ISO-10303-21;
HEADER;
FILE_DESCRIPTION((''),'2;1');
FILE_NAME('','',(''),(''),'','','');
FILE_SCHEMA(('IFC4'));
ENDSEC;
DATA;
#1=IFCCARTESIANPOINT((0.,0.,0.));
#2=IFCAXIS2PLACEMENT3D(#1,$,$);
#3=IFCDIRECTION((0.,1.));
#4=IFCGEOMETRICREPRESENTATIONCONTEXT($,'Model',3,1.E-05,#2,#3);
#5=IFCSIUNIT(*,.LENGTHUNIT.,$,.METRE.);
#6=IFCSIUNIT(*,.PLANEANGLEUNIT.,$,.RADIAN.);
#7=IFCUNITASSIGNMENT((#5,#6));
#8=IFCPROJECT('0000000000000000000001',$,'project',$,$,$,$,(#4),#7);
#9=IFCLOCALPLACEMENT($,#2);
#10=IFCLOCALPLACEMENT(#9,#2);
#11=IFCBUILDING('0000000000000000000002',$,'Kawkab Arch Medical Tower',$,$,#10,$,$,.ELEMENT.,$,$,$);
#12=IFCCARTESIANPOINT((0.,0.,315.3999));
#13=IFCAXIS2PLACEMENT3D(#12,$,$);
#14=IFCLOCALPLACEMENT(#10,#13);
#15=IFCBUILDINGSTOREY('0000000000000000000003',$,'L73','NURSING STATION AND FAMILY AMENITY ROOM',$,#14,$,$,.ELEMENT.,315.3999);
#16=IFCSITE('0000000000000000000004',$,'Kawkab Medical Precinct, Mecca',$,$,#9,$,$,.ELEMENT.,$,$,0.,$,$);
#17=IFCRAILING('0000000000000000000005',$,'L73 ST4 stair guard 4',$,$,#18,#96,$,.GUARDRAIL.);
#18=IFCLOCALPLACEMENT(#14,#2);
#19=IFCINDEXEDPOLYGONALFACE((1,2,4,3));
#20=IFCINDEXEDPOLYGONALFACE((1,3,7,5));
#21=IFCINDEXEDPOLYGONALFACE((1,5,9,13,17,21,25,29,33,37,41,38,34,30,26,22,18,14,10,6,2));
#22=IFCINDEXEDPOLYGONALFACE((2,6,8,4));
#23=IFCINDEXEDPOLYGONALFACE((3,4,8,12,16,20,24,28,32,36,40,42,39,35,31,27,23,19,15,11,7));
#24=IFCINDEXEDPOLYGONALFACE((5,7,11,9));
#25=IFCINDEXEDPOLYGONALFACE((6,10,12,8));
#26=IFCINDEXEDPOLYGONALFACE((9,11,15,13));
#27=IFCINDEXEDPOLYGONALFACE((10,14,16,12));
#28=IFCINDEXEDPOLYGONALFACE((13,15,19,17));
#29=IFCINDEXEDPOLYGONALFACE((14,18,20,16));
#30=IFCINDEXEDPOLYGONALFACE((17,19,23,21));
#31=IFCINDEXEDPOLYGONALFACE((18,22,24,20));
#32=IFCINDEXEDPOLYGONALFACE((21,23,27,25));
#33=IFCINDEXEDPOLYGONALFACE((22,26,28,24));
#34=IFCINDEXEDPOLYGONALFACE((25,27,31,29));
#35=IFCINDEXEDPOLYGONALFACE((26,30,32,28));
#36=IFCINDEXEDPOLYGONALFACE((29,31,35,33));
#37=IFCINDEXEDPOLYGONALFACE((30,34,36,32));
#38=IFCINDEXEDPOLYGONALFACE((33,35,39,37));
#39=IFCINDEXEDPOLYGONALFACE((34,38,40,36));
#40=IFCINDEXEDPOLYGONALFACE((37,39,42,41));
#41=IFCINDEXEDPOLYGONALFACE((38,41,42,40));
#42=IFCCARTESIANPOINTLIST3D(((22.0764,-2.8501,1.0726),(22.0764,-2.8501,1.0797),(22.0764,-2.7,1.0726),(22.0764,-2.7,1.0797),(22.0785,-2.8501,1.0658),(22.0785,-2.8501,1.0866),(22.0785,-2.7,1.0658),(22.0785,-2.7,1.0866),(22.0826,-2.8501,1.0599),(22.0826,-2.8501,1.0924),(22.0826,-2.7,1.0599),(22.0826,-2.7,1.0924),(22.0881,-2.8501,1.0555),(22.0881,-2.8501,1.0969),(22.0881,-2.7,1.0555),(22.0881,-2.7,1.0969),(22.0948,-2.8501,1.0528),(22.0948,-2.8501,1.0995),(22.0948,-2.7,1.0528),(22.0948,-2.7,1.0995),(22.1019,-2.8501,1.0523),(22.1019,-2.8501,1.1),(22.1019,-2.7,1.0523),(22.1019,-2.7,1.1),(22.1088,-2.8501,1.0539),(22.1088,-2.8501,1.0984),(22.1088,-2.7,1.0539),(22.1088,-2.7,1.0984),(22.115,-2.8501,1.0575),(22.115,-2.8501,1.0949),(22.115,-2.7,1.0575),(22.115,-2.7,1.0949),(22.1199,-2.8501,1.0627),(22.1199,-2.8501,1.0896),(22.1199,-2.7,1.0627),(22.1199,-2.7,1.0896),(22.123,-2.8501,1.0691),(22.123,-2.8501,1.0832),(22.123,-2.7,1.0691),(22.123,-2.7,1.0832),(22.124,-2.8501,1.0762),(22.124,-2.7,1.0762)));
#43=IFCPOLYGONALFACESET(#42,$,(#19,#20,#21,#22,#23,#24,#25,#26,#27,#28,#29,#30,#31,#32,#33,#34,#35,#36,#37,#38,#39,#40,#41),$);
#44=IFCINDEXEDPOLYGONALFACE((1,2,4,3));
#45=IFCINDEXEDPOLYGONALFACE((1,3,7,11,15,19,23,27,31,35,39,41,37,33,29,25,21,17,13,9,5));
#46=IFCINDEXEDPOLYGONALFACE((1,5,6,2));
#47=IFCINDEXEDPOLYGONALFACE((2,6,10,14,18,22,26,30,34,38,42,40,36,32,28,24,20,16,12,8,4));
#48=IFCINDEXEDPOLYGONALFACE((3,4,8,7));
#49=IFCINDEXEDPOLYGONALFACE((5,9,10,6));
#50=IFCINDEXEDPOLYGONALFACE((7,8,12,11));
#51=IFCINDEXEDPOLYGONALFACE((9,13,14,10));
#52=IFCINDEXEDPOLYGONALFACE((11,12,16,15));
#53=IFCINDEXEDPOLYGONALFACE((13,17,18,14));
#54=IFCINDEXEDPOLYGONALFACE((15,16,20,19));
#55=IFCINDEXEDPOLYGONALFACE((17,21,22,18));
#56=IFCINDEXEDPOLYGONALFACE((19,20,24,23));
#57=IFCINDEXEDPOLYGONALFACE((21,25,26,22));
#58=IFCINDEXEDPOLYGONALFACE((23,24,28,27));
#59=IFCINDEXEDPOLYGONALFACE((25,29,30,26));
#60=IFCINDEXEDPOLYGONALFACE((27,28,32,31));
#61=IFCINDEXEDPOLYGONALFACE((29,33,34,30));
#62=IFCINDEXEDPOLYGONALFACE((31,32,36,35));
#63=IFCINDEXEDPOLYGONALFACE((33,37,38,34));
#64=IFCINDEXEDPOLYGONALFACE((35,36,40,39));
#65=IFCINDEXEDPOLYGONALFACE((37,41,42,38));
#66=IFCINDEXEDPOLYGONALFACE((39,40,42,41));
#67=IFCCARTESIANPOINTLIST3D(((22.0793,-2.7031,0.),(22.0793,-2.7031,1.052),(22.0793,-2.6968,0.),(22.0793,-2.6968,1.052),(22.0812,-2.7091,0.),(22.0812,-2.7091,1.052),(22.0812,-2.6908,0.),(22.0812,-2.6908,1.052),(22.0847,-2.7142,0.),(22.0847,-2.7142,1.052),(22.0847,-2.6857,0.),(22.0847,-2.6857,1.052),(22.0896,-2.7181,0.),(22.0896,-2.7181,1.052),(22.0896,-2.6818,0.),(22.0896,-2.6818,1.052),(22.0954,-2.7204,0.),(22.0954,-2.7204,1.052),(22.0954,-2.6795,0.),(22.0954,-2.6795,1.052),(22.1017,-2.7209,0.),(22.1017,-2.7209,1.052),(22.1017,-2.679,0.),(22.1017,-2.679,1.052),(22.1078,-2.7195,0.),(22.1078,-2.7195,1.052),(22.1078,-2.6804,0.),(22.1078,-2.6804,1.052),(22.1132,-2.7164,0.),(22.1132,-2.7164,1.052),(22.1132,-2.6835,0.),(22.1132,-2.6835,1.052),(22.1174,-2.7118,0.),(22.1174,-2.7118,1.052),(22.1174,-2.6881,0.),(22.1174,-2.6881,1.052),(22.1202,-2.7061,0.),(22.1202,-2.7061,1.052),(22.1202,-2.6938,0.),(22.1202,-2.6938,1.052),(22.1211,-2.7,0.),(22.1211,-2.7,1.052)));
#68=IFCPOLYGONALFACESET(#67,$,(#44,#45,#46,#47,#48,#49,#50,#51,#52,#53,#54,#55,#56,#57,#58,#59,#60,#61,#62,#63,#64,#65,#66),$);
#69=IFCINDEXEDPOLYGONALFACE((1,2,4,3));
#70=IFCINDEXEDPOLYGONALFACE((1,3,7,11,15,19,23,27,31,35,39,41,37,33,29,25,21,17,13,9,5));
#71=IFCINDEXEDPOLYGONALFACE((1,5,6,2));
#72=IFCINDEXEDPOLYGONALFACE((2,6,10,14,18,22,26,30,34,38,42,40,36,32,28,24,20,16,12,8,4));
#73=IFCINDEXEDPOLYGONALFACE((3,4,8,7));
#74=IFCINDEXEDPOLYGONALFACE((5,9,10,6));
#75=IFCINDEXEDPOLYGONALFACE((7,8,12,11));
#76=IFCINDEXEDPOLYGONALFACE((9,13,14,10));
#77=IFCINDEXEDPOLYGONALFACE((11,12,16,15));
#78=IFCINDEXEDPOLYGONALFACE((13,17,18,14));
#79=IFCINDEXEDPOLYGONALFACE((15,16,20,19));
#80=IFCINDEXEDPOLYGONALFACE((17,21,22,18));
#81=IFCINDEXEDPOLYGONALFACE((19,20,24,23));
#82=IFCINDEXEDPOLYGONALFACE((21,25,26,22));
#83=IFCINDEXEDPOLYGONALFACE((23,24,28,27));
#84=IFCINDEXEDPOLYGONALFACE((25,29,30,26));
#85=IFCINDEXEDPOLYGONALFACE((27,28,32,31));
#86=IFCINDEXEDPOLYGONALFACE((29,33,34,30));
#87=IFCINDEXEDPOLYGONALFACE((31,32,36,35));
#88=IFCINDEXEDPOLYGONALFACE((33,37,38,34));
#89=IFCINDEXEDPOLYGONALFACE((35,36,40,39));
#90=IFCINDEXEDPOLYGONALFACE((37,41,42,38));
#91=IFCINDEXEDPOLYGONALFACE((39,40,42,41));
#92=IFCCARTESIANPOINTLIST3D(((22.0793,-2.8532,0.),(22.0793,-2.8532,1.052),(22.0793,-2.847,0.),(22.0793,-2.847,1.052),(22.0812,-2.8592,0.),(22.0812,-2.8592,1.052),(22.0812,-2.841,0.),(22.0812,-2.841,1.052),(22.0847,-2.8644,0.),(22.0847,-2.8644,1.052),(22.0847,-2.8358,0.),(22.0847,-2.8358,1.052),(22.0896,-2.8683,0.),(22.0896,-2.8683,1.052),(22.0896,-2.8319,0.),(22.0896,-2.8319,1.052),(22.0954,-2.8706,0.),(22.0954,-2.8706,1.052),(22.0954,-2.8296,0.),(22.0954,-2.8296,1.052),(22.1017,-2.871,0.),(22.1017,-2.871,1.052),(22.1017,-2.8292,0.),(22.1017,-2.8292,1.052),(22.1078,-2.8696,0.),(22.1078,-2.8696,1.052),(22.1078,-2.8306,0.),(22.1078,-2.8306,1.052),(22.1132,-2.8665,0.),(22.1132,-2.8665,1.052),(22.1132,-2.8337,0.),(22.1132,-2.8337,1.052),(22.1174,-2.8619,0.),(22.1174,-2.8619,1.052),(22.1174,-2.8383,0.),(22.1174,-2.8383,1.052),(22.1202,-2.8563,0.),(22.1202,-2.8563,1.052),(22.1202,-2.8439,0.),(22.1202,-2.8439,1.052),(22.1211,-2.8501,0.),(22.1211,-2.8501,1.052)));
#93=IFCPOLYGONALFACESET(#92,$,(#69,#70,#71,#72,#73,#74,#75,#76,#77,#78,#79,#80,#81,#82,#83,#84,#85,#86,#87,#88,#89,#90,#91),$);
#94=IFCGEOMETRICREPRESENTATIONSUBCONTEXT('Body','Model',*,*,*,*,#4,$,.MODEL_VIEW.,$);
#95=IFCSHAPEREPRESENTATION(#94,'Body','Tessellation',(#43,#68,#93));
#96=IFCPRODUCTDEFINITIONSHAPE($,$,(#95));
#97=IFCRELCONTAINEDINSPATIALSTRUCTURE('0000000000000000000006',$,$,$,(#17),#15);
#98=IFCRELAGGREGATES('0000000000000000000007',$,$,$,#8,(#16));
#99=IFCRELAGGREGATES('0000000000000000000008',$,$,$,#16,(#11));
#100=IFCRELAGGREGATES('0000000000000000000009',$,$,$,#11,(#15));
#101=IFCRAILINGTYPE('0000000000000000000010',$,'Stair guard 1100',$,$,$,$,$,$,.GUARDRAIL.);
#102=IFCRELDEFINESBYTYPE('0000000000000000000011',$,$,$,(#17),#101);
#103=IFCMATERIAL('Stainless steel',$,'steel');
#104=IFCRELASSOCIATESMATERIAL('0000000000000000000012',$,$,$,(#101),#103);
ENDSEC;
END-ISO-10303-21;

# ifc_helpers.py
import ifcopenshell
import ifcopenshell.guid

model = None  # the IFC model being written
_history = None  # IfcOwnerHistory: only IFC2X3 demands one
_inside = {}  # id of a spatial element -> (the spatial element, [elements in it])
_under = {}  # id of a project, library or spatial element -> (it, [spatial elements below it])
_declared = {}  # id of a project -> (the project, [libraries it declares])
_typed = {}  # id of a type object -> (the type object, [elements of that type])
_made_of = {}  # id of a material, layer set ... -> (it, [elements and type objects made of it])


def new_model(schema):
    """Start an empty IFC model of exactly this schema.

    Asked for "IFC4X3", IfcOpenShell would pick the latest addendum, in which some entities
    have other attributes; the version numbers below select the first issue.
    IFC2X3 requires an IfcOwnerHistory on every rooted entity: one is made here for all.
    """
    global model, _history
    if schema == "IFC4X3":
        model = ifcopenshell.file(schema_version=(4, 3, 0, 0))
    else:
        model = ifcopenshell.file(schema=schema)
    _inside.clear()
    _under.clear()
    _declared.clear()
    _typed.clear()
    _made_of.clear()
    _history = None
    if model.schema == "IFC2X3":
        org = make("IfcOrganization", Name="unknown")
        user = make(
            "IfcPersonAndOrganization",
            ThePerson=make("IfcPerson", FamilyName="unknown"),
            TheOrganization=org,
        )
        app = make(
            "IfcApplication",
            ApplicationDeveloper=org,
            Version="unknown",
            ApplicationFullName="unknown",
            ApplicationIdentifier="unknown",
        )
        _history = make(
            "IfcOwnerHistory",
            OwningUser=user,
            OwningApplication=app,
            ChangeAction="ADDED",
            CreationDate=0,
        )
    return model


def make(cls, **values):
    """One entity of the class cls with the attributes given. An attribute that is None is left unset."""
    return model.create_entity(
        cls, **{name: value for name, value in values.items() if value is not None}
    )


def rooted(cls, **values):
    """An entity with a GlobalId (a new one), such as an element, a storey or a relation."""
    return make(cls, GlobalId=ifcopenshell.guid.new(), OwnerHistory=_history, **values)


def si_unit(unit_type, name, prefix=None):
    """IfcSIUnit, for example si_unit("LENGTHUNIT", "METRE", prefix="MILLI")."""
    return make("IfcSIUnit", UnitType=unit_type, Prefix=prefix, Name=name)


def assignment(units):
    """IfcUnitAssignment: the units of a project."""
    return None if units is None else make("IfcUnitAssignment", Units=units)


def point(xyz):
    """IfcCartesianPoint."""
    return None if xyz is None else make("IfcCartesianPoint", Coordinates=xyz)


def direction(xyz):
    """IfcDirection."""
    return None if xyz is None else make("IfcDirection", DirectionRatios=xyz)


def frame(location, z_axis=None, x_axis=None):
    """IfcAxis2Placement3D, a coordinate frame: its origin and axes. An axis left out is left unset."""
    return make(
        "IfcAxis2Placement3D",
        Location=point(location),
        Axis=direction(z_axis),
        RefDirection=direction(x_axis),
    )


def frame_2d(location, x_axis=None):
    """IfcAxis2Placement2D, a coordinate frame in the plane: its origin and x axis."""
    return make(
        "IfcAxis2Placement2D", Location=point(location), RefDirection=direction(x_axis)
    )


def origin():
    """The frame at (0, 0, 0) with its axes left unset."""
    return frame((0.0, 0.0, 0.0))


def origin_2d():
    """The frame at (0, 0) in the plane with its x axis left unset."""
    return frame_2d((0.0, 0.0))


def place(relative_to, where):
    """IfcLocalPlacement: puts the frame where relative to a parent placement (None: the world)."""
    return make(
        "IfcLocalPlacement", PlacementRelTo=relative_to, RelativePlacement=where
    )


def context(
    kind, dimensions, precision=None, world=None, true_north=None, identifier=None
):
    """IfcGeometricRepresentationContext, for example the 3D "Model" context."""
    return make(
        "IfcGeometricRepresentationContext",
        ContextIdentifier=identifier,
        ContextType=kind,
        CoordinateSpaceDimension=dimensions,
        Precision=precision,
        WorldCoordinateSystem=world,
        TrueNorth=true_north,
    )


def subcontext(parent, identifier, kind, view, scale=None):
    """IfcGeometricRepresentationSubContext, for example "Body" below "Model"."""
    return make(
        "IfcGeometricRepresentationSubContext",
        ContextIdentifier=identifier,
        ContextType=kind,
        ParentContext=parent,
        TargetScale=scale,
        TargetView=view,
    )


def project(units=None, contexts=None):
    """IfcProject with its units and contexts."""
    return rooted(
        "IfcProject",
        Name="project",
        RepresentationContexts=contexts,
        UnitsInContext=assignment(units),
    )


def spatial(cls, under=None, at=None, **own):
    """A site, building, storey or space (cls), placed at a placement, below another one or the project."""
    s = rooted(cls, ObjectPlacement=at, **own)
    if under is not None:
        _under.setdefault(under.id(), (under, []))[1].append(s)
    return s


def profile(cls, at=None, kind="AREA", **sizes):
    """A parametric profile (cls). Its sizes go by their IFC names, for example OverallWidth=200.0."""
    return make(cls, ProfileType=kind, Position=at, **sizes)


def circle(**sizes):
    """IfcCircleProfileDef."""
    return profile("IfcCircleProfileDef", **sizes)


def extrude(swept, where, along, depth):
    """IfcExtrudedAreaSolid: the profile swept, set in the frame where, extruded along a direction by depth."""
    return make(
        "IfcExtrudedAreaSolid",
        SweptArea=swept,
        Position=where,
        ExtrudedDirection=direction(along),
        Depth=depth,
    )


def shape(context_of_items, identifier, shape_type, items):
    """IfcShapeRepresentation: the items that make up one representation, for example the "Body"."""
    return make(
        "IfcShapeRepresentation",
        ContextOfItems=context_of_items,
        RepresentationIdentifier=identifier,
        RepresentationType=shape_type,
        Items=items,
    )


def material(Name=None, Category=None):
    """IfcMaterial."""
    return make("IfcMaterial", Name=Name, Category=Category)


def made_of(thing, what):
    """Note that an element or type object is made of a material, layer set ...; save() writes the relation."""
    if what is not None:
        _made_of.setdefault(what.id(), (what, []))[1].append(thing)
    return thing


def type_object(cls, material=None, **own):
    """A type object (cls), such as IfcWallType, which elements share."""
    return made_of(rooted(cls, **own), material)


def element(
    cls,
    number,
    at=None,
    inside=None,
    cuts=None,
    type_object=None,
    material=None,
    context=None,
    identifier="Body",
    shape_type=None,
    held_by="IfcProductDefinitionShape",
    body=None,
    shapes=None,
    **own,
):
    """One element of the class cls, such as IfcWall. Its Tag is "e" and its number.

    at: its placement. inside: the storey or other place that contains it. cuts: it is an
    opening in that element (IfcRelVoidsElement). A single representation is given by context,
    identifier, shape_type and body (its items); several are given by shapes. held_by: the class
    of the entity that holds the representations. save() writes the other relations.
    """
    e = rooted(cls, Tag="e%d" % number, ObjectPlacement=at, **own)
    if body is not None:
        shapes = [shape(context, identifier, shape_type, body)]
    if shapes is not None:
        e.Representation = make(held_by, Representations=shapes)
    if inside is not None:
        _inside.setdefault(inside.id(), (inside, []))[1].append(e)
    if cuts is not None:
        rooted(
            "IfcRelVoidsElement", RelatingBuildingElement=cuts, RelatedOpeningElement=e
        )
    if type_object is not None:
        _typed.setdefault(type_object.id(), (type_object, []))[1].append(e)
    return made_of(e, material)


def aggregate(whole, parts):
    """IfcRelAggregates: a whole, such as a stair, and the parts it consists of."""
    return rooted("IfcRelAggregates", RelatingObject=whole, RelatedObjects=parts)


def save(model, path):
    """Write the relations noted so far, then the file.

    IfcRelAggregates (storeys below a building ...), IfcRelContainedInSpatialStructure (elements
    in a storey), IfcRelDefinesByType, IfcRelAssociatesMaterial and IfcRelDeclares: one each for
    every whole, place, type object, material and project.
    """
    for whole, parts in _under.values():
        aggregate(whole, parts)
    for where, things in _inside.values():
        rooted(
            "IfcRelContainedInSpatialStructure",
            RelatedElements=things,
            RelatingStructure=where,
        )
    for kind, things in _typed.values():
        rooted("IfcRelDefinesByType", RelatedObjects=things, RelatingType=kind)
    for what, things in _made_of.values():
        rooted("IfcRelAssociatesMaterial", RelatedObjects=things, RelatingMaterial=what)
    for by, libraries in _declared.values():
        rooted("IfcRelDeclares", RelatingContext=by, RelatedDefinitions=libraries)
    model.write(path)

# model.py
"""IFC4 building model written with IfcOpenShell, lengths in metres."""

from ifc_helpers import new_model, si_unit, direction, frame, origin, origin_2d, place, context, subcontext, project, spatial, circle, extrude, material, type_object, element, save


model = new_model("IFC4")

# Units and contexts
model_context = context("Model", 3, precision=1e-05, world=origin(), true_north=direction((0.0, 1.0)))
body_context = subcontext(model_context, "Body", "Model", "MODEL_VIEW")
ifc_project = project(units=[si_unit("LENGTHUNIT", "METRE"), si_unit("PLANEANGLEUNIT", "RADIAN")], contexts=[model_context])

# Site, building, storey
site_placement = place(None, origin())
site = spatial("IfcSite", under=ifc_project, at=site_placement, Name="Kawkab Medical Precinct, Mecca", CompositionType="ELEMENT", RefElevation=0.0)
building_placement = place(site_placement, origin())
building = spatial("IfcBuilding", under=site, at=building_placement, Name="Kawkab Arch Medical Tower", CompositionType="ELEMENT")
storey_placement = place(building_placement, frame((0.0, 0.0, 315.3999)))
storey = spatial("IfcBuildingStorey", under=building, at=storey_placement, Name="L73", Description="NURSING STATION AND FAMILY AMENITY ROOM", CompositionType="ELEMENT", Elevation=315.3999)

# Railing
ifc_material_1 = material(Name="Stainless steel", Category="steel")
railing_type_1 = type_object("IfcRailingType", Name="Stair guard 1100", PredefinedType="GUARDRAIL", material=ifc_material_1)
railing_1_placement = place(storey_placement, frame((22.1001, -2.7, 0.0)))
element("IfcRailing", 1, at=railing_1_placement, inside=storey, type_object=railing_type_1, Name="L73 ST4 stair guard 4", PredefinedType="GUARDRAIL", context=body_context, shape_type="SweptSolid", body=[
    extrude(circle(Radius=0.0239, at=origin_2d()), frame((0.0, 0.0, 1.0762), z_axis=(0.0, -1.0, 0.0), x_axis=(1.0, 0.0, 0.0)), (0.0, 0.0, 1.0), 0.1501),
    extrude(circle(Radius=0.021, at=origin_2d()), origin(), (0.0, 0.0, 1.0), 1.052),
    extrude(circle(Radius=0.021, at=origin_2d()), frame((0.0, -0.1501, 0.0)), (0.0, 0.0, 1.0), 1.052),
])

save(model, "model.ifc")
